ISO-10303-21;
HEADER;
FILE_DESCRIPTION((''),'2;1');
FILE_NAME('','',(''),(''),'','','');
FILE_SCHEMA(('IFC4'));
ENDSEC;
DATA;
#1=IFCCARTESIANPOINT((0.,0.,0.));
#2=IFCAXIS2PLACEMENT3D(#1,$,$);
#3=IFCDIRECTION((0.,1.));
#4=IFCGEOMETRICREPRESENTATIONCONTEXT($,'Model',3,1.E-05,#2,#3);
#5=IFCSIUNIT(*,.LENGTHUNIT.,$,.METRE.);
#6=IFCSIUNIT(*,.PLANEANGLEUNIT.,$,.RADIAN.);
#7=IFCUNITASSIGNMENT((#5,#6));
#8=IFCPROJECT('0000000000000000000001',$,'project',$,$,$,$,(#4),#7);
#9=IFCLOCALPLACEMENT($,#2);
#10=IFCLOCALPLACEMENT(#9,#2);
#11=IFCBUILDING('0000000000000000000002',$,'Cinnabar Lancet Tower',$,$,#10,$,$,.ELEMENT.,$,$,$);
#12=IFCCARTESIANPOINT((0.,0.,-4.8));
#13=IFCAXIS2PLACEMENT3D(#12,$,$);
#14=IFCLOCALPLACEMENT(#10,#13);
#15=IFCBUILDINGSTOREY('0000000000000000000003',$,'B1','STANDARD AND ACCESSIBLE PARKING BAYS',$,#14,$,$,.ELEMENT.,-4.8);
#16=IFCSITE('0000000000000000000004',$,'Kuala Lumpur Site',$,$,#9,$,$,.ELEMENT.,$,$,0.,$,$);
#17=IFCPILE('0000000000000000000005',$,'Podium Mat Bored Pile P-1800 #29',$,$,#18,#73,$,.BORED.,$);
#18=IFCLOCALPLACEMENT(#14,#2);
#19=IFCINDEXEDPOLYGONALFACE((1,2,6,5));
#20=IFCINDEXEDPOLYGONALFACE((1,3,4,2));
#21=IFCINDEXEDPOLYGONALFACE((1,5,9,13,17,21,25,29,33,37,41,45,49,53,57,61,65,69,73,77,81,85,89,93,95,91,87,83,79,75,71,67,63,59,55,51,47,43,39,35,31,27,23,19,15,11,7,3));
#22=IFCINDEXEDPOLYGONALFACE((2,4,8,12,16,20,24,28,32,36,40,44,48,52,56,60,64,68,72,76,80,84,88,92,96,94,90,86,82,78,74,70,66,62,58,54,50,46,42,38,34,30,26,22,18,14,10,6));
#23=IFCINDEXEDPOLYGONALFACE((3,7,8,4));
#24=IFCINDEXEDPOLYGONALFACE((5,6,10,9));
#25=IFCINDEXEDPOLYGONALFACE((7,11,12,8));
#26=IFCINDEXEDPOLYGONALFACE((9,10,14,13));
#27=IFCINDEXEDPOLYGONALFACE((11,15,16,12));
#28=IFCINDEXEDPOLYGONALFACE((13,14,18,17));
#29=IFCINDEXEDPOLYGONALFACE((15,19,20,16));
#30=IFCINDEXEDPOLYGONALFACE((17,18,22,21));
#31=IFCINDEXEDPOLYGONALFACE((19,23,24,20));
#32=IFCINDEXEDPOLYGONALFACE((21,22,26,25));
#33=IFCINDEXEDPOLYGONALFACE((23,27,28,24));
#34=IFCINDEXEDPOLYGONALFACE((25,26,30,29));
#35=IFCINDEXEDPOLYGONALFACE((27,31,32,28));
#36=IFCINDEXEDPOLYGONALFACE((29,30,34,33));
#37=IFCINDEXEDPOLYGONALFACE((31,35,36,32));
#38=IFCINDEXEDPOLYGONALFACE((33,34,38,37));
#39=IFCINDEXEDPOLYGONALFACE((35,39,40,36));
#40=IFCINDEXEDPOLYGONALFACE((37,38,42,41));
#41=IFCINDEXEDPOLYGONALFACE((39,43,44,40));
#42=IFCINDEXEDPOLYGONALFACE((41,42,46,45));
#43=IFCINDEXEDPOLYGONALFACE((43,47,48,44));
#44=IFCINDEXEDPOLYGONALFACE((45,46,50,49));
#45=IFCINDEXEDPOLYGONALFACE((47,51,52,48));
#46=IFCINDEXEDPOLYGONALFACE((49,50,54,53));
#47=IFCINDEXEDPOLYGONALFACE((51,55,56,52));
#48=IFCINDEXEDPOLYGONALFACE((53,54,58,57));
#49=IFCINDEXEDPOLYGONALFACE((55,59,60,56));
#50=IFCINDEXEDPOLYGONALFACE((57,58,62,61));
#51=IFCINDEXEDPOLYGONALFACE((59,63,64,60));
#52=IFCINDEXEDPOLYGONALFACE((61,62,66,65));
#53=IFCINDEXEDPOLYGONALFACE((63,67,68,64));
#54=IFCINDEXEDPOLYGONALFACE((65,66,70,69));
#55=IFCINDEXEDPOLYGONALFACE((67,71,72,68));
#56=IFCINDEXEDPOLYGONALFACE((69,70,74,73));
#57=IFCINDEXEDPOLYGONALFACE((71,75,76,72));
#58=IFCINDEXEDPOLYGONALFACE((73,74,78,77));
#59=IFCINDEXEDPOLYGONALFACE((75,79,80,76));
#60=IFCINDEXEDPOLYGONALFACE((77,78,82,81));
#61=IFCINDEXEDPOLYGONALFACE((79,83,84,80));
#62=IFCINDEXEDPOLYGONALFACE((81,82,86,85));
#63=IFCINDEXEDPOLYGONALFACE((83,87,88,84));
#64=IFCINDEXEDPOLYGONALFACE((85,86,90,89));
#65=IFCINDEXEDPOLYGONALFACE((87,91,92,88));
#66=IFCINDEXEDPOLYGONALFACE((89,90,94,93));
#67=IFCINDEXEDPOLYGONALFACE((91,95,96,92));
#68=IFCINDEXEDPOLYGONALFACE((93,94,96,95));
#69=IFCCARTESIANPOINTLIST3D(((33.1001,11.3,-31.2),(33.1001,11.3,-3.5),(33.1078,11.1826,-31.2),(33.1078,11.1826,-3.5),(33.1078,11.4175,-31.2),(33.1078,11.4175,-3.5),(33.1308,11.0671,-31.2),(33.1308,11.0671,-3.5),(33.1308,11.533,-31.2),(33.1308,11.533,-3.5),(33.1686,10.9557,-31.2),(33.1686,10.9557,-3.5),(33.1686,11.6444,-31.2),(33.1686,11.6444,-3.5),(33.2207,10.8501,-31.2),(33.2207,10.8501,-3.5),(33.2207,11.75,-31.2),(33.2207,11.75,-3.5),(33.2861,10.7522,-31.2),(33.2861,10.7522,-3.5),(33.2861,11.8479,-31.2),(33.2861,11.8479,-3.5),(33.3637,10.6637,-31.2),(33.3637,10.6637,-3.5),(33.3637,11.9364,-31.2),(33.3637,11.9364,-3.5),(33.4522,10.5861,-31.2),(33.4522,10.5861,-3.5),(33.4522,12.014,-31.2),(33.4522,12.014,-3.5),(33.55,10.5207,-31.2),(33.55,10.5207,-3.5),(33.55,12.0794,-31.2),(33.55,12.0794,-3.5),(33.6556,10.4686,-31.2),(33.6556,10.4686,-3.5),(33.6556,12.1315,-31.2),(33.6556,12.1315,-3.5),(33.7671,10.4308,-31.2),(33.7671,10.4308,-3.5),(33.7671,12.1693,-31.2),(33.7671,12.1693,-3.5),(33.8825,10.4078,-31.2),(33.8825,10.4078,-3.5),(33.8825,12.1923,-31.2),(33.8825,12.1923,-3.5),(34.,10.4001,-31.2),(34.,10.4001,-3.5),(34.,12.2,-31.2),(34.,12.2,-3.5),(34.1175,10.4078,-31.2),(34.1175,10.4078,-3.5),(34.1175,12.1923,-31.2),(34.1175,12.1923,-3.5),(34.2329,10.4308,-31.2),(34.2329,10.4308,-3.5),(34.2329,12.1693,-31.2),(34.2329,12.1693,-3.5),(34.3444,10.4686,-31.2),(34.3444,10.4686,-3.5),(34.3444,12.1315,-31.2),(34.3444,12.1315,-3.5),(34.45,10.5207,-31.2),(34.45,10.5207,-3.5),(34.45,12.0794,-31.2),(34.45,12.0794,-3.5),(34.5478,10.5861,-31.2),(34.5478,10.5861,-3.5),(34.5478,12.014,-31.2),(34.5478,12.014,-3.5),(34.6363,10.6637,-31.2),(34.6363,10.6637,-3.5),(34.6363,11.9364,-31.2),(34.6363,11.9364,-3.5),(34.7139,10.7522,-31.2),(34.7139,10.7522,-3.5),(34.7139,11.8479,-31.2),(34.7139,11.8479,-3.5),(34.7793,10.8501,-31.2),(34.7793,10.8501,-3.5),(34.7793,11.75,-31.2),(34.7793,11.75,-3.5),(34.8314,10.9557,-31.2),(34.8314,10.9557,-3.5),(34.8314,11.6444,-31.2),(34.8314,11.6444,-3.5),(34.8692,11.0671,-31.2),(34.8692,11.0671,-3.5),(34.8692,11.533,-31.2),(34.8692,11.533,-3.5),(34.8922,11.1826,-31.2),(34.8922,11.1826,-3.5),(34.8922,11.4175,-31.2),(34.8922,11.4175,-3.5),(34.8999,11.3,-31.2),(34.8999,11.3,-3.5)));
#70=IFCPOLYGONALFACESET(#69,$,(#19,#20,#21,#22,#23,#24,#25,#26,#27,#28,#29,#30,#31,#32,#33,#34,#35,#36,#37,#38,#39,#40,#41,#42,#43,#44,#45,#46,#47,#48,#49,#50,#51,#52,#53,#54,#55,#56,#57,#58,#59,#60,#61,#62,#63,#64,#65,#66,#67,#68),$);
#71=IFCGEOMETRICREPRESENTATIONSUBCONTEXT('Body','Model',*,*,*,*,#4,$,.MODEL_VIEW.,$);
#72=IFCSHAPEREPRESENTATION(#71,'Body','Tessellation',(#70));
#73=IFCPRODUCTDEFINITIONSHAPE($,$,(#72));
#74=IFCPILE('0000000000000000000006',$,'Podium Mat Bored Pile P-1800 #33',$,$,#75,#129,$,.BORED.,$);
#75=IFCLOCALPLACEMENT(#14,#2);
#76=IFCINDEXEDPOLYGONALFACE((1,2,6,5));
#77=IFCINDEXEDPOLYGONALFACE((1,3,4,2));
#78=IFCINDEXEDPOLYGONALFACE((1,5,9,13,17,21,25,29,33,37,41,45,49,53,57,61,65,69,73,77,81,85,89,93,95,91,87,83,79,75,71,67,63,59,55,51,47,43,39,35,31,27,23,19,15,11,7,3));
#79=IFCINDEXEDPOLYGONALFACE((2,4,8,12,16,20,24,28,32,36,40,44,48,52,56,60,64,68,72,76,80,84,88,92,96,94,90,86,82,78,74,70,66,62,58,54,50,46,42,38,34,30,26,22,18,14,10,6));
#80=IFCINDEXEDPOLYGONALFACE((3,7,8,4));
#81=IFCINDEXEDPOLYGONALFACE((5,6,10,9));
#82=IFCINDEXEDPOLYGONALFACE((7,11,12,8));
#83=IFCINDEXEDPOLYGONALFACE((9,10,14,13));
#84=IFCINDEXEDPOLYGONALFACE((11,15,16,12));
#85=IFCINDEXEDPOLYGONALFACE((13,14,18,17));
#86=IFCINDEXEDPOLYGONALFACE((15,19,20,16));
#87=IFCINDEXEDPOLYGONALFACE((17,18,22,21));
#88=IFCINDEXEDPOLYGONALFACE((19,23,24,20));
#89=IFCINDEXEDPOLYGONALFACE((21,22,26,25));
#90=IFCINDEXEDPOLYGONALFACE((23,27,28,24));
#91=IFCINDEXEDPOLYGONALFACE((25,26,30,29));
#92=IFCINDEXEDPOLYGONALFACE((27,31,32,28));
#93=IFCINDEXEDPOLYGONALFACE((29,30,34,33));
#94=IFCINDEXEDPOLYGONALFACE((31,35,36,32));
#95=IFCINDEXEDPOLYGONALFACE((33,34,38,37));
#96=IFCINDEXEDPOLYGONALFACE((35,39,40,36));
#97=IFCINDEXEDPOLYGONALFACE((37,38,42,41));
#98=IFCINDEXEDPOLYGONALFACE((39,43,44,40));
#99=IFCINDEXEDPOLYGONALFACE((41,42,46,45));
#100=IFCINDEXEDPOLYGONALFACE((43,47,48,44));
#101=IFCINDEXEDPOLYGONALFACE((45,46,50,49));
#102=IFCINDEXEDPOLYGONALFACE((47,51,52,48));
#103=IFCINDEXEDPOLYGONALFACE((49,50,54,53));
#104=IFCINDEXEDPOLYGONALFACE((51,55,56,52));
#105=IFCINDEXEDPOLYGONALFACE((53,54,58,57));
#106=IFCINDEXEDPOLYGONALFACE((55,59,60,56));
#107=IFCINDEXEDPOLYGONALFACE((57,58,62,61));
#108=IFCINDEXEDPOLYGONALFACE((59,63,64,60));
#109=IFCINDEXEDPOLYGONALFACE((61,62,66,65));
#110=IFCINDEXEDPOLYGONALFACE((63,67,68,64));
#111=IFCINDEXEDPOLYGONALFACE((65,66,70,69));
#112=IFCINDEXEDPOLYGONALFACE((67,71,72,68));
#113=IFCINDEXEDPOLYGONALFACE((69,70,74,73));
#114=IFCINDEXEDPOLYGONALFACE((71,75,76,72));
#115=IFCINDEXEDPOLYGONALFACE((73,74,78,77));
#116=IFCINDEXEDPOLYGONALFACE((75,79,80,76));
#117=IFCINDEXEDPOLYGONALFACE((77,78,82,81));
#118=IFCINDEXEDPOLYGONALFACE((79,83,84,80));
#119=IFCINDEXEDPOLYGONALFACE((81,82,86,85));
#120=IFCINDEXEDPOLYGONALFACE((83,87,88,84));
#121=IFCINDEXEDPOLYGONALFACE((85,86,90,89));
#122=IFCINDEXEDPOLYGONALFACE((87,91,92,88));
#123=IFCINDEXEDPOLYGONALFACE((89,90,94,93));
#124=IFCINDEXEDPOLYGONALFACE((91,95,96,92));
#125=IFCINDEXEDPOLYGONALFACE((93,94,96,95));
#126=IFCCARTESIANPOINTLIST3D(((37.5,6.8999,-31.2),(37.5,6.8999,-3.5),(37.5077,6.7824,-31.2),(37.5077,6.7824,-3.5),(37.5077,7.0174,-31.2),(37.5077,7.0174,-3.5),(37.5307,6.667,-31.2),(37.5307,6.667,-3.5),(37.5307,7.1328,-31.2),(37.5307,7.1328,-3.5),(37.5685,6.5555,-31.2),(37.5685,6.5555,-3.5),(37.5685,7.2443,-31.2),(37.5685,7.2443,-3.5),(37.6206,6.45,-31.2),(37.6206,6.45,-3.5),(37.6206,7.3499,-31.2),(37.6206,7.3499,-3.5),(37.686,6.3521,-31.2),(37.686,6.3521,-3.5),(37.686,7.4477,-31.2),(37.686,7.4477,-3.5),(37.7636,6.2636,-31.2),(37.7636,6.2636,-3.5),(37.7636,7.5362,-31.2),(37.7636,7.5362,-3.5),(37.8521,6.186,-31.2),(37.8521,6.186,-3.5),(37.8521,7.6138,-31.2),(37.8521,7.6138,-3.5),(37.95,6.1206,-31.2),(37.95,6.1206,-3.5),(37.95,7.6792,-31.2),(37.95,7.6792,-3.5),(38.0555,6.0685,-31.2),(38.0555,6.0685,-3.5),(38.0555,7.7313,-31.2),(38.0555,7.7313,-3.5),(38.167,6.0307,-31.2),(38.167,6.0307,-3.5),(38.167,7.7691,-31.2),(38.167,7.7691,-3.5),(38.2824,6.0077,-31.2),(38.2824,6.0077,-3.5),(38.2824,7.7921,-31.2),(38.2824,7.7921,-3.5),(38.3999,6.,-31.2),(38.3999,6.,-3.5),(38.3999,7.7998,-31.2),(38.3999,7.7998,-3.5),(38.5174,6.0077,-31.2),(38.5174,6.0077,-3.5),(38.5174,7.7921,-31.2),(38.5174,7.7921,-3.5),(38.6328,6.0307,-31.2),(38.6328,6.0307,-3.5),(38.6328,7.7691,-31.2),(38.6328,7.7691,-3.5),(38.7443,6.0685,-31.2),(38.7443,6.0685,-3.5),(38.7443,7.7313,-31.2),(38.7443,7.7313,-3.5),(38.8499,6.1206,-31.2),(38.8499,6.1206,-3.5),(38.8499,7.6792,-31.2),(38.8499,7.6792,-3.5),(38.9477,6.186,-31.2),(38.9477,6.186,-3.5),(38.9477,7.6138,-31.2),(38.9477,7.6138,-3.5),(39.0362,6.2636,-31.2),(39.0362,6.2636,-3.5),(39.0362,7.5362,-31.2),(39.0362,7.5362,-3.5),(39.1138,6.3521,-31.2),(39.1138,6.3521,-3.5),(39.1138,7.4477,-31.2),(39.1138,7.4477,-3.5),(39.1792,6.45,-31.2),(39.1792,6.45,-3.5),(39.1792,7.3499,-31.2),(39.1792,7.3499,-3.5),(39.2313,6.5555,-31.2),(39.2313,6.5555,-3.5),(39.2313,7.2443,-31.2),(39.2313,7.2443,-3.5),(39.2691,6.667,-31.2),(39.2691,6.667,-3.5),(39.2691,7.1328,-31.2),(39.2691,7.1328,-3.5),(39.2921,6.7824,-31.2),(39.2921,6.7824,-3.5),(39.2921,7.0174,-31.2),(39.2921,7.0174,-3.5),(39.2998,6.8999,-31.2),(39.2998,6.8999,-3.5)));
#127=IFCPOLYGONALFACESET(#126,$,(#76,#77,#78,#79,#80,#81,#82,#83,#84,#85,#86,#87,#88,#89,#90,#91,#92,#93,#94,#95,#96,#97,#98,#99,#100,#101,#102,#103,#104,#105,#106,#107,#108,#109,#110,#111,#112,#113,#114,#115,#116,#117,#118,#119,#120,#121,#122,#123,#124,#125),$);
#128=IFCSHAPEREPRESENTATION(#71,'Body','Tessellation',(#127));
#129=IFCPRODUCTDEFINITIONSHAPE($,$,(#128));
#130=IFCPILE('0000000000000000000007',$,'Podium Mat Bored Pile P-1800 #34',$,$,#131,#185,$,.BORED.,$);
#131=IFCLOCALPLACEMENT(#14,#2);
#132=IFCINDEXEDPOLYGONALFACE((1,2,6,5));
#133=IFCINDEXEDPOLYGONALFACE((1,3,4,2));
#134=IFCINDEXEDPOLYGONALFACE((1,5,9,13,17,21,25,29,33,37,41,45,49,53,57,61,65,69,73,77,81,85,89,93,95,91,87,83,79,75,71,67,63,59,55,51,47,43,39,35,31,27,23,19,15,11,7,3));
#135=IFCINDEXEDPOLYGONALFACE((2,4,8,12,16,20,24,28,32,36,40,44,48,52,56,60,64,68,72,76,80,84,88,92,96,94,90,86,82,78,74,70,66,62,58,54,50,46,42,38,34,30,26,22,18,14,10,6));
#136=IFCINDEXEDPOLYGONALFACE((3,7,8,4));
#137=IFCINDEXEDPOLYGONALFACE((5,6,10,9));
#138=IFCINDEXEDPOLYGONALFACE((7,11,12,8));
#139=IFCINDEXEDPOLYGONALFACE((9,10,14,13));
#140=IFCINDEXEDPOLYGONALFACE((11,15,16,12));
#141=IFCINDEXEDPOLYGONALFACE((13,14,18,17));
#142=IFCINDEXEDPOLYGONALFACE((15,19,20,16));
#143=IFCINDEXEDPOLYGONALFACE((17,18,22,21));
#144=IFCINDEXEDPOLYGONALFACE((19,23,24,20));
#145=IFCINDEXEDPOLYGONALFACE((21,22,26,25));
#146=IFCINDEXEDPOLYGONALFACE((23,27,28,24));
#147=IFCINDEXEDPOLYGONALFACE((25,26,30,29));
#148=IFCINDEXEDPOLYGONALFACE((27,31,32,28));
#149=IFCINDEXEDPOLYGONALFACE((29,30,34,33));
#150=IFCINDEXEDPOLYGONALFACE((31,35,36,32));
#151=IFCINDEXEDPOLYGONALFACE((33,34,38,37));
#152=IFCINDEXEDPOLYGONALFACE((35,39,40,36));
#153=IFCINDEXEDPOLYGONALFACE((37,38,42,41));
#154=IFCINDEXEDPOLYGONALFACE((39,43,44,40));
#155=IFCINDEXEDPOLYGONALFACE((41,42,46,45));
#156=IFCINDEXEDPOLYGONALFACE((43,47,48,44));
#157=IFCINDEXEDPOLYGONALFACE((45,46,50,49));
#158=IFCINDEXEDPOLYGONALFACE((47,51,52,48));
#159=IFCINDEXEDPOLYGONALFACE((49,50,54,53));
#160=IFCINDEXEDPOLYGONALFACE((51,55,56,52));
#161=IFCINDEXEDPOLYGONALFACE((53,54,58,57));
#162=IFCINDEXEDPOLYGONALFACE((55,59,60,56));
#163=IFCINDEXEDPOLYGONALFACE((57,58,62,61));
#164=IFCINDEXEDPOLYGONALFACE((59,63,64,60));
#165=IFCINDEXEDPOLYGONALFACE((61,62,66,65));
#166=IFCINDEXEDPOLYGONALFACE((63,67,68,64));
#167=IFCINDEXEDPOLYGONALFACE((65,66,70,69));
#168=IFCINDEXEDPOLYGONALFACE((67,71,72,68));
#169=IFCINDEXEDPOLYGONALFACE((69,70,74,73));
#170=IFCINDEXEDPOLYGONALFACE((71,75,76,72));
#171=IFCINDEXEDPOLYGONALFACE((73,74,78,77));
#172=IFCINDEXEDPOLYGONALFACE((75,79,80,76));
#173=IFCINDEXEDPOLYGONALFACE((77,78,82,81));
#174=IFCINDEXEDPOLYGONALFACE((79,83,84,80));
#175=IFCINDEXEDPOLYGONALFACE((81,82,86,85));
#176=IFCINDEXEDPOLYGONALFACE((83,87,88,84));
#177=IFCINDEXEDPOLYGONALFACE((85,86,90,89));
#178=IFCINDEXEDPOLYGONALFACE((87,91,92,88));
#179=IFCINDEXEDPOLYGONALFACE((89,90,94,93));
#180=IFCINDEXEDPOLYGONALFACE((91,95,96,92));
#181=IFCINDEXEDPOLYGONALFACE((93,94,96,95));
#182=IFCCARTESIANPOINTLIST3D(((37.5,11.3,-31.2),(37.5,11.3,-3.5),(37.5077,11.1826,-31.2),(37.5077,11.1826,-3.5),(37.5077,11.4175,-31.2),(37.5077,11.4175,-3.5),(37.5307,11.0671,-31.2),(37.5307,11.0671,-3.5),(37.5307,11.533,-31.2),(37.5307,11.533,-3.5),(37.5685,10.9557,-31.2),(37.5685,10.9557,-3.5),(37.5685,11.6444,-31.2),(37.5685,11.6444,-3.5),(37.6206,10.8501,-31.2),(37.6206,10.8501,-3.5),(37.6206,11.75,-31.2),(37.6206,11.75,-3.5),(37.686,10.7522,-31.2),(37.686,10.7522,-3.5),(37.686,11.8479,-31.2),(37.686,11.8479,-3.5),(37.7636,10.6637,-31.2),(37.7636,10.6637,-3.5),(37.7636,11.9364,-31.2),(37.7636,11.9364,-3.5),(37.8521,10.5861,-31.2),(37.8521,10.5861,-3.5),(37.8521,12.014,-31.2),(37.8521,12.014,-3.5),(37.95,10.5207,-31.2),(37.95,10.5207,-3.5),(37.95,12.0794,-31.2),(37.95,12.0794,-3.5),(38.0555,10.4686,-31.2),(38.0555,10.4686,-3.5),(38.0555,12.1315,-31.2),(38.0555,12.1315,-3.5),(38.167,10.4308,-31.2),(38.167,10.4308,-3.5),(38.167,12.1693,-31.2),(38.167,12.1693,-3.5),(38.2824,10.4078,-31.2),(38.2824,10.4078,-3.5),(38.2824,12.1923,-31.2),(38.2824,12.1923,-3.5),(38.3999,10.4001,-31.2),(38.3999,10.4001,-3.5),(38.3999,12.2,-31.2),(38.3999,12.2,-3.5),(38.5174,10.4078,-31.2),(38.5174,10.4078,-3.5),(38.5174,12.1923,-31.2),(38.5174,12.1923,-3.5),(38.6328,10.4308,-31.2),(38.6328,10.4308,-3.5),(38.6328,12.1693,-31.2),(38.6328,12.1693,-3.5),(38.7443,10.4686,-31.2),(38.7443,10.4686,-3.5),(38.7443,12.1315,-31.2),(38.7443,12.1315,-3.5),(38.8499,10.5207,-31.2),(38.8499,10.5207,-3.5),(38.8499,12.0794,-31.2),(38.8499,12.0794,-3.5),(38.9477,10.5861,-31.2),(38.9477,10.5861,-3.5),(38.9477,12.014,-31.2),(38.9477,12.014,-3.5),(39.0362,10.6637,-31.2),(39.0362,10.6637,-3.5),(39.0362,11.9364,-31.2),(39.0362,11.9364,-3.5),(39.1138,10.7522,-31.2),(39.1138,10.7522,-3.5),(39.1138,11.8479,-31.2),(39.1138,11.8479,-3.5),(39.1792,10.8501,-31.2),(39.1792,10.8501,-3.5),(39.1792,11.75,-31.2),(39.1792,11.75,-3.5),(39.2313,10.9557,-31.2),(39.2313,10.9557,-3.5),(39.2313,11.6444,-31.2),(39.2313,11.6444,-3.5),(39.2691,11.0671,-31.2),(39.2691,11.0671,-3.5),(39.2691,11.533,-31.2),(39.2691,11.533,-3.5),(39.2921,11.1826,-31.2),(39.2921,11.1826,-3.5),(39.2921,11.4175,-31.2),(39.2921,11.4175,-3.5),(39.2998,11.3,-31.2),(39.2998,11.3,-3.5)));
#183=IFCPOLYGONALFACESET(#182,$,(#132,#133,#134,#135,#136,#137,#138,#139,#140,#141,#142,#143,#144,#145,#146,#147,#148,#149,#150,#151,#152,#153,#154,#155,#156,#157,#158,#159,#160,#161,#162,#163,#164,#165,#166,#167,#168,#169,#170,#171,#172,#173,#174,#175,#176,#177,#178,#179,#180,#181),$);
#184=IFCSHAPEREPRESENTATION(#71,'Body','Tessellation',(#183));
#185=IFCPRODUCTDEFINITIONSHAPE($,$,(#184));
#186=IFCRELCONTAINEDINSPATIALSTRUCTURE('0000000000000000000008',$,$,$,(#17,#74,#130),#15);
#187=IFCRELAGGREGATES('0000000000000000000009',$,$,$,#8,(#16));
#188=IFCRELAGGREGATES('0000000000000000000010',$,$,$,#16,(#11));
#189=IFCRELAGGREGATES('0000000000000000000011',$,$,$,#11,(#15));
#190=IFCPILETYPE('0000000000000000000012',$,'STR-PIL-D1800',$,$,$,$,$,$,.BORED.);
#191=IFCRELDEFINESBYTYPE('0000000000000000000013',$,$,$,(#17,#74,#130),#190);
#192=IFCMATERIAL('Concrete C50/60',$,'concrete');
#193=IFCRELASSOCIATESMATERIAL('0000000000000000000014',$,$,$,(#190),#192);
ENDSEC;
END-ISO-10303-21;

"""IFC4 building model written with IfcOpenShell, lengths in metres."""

from ifc_helpers import new_model, si_unit, direction, frame, origin, origin_2d, place, context, subcontext, project, spatial, circle, extrude, material, material_profile, profile_set, type_object, element, save


model = new_model("IFC4")

# Units and contexts
model_context = context("Model", 3, precision=1e-05, world=origin(), true_north=direction((0.0, 1.0)))
body_context = subcontext(model_context, "Body", "Model", "MODEL_VIEW")
ifc_project = project(units=[si_unit("LENGTHUNIT", "METRE"), si_unit("PLANEANGLEUNIT", "RADIAN")], contexts=[model_context])

# Site, building, storey
site_placement = place(None, origin())
site = spatial("IfcSite", under=ifc_project, at=site_placement, Name="Kuala Lumpur Site", CompositionType="ELEMENT", RefElevation=0.0)
building_placement = place(site_placement, origin())
building = spatial("IfcBuilding", under=site, at=building_placement, Name="Cinnabar Lancet Tower", CompositionType="ELEMENT")
storey_placement = place(building_placement, frame((0.0, 0.0, -4.8)))
storey = spatial("IfcBuildingStorey", under=building, at=storey_placement, Name="B1", Description="STANDARD AND ACCESSIBLE PARKING BAYS", CompositionType="ELEMENT", Elevation=-4.8)

# Piles
ifc_material_1 = material(Name="Concrete C50/60", Category="concrete")
ifc_material_profile_1 = material_profile(ifc_material_1, circle(Radius=0.8999, at=origin_2d()), Name="PILE D1800")
ifc_profile_set_1 = profile_set([ifc_material_profile_1], Name="Concrete C50/60")
pile_type_1 = type_object("IfcPileType", Name="STR-PIL-D1800", PredefinedType="BORED", material=ifc_profile_set_1)
for number, where, z_axis, x_axis, name in (
    (1, (34.0, 11.3, -3.5), (0.0, 0.0, -1.0), (1.0, 0.0, 0.0), "Podium Mat Bored Pile P-1800 #29"),
    (2, (38.3999, 6.8999, -3.5), (0.0, 0.0, -1.0), (1.0, 0.0, 0.0), "Podium Mat Bored Pile P-1800 #33"),
    (3, (38.3999, 11.3, -3.5), (0.0, 0.0, -1.0), (1.0, 0.0, 0.0), "Podium Mat Bored Pile P-1800 #34"),
):
    element("IfcPile", number, at=place(storey_placement, frame(where, z_axis=z_axis, x_axis=x_axis)), inside=storey, type_object=pile_type_1, Name=name, PredefinedType="BORED", context=body_context, shape_type="SweptSolid", body=[
        extrude(circle(Radius=0.8999, at=origin_2d()), origin(), (0.0, 0.0, 1.0), 27.7),
    ])

save(model, "model.ifc")
